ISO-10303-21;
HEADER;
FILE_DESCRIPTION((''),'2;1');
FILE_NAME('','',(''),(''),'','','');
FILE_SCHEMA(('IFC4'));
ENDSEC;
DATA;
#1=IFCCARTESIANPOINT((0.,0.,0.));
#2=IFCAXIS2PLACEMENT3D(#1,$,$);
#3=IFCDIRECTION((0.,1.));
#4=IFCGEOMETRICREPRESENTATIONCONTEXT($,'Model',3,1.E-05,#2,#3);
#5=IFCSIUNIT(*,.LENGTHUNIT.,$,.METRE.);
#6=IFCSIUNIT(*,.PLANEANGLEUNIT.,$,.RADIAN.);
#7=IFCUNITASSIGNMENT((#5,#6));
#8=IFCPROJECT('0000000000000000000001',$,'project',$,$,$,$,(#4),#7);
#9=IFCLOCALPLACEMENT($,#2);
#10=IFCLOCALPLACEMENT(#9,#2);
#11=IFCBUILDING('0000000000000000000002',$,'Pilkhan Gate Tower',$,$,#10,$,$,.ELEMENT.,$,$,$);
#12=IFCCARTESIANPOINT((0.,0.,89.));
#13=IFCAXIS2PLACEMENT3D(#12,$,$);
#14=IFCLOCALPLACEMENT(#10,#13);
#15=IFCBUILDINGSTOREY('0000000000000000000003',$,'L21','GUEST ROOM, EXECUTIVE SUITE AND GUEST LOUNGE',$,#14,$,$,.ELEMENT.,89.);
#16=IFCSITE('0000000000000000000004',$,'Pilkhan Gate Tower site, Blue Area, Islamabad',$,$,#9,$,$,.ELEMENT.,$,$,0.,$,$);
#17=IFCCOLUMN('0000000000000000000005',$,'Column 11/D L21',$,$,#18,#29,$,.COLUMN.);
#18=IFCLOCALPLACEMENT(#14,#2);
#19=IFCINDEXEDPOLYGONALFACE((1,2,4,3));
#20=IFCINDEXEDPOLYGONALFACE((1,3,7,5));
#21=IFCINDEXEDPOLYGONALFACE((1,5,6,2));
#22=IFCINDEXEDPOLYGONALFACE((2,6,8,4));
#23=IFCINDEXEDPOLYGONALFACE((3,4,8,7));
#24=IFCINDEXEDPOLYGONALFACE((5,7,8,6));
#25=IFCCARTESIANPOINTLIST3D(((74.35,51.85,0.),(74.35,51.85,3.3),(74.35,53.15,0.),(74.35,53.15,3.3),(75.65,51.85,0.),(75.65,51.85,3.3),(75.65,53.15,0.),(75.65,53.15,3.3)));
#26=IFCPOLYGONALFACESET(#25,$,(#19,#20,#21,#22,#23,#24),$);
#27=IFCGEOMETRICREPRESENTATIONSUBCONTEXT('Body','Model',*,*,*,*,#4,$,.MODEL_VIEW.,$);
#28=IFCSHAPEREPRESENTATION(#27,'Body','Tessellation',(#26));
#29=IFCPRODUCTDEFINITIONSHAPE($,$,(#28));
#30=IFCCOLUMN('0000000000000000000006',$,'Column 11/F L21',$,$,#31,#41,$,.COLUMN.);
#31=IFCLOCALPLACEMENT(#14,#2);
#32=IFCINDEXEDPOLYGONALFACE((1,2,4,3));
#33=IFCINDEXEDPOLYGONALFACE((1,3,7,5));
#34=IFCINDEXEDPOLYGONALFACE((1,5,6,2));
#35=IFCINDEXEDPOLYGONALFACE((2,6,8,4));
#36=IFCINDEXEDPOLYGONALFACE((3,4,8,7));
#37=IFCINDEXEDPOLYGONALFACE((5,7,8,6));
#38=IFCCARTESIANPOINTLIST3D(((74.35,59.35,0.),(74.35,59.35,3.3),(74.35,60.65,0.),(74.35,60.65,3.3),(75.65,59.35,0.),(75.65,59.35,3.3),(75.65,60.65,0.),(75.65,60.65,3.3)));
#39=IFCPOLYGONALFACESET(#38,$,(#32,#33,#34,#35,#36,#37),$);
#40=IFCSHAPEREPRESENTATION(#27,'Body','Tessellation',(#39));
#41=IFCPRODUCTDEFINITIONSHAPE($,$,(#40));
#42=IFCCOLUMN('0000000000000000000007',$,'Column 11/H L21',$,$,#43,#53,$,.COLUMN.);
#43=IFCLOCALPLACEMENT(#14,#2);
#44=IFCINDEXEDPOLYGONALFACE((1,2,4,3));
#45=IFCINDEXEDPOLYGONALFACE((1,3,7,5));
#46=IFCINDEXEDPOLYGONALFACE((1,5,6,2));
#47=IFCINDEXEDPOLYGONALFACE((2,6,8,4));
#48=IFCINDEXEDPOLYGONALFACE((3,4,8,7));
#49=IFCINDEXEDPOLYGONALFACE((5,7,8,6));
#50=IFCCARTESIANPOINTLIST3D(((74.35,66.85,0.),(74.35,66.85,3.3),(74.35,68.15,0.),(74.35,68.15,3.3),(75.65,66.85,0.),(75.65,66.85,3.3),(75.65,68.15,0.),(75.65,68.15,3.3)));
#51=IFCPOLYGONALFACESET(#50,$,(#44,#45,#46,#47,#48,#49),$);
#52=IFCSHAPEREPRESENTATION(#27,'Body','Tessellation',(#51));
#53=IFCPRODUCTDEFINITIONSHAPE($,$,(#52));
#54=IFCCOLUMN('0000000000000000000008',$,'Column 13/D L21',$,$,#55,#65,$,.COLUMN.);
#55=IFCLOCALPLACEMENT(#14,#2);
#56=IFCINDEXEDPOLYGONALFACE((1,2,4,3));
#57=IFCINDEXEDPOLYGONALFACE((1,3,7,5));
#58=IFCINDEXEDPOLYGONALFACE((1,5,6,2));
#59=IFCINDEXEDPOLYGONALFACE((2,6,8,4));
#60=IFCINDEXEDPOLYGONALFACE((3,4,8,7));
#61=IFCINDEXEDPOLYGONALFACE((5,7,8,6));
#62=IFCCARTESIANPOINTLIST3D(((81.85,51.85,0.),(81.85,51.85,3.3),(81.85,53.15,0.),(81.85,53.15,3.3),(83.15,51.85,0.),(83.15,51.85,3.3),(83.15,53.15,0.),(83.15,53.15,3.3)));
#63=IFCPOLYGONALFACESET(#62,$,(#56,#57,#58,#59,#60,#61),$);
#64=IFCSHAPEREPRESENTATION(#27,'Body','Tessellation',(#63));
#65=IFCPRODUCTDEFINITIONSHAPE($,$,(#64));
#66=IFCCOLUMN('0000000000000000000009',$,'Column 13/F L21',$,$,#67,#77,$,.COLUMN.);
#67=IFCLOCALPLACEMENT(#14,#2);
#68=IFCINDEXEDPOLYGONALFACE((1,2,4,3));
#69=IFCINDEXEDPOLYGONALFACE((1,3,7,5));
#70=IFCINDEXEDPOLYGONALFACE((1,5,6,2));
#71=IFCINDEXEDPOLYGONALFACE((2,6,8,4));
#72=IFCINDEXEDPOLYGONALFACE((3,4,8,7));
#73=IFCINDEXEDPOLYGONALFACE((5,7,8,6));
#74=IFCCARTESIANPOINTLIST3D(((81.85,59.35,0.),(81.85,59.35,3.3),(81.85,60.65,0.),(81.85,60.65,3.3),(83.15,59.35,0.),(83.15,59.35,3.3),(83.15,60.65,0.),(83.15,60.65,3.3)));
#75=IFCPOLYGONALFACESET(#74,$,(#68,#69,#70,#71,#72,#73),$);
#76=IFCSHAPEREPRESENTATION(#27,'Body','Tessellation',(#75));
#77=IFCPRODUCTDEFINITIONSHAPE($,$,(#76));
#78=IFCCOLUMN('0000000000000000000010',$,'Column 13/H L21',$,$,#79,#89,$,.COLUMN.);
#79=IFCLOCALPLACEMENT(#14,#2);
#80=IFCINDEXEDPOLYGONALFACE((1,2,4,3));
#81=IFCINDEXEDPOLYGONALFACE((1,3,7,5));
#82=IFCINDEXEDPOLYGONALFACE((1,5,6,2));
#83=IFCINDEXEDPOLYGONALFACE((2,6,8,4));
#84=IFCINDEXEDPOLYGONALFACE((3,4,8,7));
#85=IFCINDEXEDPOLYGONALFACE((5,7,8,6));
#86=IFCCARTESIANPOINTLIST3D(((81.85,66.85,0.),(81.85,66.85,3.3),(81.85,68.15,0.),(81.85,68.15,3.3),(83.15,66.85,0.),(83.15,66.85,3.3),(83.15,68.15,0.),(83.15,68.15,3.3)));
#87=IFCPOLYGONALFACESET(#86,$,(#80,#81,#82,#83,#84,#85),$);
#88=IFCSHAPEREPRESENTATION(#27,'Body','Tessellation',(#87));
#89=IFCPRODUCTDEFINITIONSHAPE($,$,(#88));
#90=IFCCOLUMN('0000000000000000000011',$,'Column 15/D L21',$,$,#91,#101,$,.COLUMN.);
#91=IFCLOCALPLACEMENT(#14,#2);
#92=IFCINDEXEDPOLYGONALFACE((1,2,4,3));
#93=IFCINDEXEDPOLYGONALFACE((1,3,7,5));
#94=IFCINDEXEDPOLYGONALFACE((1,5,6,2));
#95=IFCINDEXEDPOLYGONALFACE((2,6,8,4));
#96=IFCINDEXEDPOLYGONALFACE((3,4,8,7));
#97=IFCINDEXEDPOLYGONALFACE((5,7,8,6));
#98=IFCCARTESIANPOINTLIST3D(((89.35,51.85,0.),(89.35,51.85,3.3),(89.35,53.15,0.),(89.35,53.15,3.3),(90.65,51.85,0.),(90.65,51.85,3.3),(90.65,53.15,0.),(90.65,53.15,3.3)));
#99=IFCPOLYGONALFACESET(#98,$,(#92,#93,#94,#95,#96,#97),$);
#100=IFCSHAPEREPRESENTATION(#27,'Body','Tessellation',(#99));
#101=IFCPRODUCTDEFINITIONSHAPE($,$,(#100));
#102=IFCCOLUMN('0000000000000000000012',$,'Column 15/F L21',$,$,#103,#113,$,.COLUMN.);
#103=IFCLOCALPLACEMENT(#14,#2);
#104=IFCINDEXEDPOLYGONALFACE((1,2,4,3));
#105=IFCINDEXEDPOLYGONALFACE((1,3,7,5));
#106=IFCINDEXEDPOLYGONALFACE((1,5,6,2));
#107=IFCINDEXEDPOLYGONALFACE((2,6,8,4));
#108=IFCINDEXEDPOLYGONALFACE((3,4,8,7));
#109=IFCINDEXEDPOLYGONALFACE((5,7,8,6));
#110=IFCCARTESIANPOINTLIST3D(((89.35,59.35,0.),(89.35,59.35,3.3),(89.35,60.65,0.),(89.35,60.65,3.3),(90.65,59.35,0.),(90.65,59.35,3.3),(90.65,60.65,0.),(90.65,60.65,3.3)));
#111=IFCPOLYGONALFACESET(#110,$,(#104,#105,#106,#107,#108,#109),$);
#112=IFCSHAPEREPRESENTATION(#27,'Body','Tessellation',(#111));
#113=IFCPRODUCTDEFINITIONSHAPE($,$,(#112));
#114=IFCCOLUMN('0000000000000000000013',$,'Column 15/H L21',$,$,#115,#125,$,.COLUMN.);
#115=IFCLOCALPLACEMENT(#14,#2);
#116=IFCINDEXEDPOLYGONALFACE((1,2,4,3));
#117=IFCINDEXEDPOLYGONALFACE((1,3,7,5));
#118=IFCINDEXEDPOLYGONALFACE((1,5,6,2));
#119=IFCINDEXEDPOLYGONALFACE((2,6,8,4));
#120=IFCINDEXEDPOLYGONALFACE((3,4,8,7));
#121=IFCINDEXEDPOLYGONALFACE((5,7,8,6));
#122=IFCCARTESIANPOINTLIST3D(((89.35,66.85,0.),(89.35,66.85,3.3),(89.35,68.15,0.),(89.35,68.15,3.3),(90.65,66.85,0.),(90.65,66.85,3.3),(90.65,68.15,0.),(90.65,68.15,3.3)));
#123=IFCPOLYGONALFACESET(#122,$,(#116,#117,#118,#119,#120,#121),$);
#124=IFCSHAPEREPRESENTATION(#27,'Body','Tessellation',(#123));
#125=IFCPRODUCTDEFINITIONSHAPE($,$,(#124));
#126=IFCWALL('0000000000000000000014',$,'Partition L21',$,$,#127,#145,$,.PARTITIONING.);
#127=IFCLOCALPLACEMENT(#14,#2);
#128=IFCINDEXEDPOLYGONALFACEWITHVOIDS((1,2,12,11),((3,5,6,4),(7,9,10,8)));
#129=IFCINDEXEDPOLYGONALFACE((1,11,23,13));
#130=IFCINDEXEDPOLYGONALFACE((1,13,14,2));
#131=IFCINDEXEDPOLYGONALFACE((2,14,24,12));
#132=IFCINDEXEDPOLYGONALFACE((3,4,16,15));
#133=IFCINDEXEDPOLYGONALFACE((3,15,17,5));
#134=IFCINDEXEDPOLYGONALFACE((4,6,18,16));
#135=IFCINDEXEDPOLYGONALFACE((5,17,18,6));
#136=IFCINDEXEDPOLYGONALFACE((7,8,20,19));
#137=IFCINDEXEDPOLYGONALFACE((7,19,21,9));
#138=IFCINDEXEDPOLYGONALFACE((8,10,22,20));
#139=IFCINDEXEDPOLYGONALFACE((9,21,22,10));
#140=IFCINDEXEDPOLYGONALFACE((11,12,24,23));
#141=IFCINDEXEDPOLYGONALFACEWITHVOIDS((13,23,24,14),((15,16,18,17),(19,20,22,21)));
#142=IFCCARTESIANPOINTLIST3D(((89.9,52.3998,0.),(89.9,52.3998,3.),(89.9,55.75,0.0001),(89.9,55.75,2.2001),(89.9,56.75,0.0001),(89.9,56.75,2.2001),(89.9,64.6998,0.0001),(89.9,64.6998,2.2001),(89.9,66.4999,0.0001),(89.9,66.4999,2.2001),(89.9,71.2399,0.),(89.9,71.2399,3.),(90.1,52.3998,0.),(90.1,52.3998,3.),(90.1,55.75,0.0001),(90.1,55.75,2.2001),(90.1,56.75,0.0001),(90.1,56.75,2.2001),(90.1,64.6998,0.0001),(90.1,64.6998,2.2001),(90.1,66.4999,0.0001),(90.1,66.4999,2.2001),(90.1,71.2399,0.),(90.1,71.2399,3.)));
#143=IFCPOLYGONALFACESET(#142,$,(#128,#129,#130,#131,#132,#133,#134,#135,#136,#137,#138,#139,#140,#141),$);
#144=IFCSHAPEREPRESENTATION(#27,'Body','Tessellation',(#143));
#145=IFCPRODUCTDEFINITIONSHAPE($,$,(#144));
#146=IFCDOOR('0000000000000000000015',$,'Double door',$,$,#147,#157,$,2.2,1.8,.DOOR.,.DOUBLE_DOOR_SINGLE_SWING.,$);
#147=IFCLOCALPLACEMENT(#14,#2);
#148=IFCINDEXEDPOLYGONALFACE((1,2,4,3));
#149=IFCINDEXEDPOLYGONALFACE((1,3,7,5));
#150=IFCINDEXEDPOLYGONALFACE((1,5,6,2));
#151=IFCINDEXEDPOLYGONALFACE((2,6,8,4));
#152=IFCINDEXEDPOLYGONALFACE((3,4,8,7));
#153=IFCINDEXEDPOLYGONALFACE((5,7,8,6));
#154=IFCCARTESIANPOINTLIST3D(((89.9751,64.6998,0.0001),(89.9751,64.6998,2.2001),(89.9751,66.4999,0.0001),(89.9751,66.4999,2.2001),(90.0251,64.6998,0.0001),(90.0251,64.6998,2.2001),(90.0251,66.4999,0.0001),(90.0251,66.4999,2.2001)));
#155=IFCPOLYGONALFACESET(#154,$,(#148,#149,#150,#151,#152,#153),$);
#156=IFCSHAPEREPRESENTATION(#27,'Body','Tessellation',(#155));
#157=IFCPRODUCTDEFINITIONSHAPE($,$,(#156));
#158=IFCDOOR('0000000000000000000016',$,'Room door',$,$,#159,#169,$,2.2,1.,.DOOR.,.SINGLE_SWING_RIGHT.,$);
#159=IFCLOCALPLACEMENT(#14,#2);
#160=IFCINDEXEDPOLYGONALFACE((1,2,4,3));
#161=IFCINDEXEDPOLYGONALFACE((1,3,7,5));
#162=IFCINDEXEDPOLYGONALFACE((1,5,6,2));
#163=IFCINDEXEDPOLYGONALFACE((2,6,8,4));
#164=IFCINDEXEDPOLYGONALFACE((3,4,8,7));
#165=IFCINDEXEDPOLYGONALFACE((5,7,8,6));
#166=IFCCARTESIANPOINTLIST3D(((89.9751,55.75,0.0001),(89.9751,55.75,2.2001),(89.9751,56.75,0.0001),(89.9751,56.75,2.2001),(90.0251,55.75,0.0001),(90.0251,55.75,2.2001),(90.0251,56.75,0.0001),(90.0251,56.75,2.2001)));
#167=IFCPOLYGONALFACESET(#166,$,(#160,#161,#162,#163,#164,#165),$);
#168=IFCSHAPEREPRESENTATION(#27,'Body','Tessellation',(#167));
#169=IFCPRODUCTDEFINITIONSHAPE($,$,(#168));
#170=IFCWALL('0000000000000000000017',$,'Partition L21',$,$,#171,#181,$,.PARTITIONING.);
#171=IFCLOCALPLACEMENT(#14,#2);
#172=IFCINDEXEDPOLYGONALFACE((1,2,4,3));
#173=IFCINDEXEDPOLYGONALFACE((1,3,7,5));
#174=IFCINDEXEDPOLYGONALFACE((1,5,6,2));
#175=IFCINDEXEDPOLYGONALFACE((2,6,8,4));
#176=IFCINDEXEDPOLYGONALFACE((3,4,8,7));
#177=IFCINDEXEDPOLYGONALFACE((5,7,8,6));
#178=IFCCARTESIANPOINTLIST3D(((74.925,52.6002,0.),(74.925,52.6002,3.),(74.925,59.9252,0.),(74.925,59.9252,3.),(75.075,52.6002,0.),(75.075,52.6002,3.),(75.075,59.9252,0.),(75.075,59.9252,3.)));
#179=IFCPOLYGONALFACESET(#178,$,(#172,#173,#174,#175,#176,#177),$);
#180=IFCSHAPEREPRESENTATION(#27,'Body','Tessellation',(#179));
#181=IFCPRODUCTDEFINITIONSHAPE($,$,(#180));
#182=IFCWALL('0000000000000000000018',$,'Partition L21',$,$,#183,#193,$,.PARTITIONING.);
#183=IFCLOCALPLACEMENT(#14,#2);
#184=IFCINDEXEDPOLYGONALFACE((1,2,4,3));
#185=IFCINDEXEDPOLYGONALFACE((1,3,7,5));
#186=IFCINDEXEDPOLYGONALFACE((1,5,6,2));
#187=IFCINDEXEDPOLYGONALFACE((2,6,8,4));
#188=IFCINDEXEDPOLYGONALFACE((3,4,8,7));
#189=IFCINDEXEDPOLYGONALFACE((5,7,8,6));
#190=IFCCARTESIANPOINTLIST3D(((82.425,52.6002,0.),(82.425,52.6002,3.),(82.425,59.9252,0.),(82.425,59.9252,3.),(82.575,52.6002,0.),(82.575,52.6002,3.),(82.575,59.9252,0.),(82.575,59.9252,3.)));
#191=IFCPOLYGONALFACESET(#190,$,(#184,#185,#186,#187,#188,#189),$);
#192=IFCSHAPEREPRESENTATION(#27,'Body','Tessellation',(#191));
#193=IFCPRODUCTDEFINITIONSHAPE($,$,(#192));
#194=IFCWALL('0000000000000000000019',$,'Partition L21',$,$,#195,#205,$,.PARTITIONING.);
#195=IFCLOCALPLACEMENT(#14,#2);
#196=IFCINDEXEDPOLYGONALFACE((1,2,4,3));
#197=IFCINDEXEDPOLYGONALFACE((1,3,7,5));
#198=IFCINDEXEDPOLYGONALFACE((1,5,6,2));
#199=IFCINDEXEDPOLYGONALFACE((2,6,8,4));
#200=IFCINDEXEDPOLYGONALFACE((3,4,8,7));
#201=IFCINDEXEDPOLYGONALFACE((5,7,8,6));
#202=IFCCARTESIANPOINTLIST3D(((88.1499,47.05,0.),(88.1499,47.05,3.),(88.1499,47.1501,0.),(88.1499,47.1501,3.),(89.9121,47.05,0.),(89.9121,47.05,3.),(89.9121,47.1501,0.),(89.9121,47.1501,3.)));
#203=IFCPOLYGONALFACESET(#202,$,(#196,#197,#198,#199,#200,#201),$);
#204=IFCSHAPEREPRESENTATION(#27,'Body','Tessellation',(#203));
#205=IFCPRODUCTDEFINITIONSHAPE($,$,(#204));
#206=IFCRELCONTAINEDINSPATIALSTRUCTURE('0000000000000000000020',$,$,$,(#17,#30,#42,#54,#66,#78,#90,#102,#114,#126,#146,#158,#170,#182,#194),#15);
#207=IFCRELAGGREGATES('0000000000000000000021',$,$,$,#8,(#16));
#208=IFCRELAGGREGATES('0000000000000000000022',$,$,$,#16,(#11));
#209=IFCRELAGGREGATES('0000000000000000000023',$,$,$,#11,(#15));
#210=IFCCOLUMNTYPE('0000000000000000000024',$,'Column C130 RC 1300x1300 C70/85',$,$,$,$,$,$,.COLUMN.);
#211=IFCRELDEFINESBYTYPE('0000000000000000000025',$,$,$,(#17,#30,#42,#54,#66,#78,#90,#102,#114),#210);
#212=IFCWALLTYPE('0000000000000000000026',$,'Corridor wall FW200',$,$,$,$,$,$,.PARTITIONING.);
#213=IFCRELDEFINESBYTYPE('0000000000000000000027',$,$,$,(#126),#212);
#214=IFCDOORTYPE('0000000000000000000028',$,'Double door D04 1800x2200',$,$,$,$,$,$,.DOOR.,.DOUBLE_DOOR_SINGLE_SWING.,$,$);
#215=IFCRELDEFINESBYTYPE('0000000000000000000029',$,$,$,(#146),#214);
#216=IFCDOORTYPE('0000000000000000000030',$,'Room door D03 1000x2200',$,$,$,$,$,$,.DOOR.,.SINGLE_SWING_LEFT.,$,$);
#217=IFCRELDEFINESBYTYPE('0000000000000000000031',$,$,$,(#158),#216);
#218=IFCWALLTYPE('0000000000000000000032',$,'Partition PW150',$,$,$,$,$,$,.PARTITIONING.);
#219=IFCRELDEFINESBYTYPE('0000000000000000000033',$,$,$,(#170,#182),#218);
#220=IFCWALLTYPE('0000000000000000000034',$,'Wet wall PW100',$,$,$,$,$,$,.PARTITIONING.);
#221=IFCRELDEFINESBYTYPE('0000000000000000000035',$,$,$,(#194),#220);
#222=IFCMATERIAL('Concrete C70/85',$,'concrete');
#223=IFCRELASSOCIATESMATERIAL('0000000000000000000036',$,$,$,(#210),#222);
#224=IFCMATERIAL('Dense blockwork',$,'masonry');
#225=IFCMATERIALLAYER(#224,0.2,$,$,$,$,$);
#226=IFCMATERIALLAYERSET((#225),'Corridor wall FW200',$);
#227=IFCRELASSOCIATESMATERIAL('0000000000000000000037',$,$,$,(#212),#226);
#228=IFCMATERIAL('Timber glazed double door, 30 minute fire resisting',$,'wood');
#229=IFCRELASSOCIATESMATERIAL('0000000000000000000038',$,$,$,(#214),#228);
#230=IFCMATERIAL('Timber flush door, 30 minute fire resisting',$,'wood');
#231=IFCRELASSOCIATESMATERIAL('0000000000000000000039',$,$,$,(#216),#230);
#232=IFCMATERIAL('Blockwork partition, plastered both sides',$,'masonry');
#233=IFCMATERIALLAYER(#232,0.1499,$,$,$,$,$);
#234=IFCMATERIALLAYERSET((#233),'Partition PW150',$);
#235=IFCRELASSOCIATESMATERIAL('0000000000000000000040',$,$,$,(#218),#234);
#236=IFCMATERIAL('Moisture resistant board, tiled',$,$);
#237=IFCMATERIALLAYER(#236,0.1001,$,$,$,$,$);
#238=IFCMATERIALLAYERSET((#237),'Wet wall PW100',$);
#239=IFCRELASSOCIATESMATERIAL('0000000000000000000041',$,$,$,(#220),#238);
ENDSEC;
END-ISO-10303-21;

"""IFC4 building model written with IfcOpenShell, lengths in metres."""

from ifc_helpers import new_model, si_unit, direction, frame, frame_2d, origin, origin_2d, place, context, subcontext, project, spatial, rectangle, extrude, material, layer, layer_set, material_profile, profile_set, type_object, element, fill, save


model = new_model("IFC4")

# Units and contexts
model_context = context("Model", 3, precision=1e-05, world=origin(), true_north=direction((0.0, 1.0)))
body_context = subcontext(model_context, "Body", "Model", "MODEL_VIEW")
ifc_project = project(units=[si_unit("LENGTHUNIT", "METRE"), si_unit("PLANEANGLEUNIT", "RADIAN")], contexts=[model_context])

# Site, building, storey
site_placement = place(None, origin())
site = spatial("IfcSite", under=ifc_project, at=site_placement, Name="Pilkhan Gate Tower site, Blue Area, Islamabad", CompositionType="ELEMENT", RefElevation=0.0)
building_placement = place(site_placement, origin())
building = spatial("IfcBuilding", under=site, at=building_placement, Name="Pilkhan Gate Tower", CompositionType="ELEMENT")
storey_placement = place(building_placement, frame((0.0, 0.0, 89.0)))
storey = spatial("IfcBuildingStorey", under=building, at=storey_placement, Name="L21", Description="GUEST ROOM, EXECUTIVE SUITE AND GUEST LOUNGE", CompositionType="ELEMENT", Elevation=89.0)

# Columns
ifc_material_1 = material(Name="Concrete C70/85", Category="concrete")
ifc_material_profile = material_profile(ifc_material_1, rectangle(XDim=1.3, YDim=1.3, at=origin_2d()), Name="RC 1300x1300")
ifc_profile_set = profile_set([ifc_material_profile], Name="Concrete C70/85")
column_type = type_object("IfcColumnType", Name="Column C130 RC 1300x1300 C70/85", PredefinedType="COLUMN", material=ifc_profile_set)
for number, where, z_axis, x_axis, name in (
    (1, (75.0, 52.5, 0.0), (0.0, 0.0, 1.0), (1.0, 0.0, 0.0), "Column 11/D L21"),
    (2, (75.0, 60.0, 0.0), (0.0, 0.0, 1.0), (1.0, 0.0, 0.0), "Column 11/F L21"),
    (3, (75.0, 67.5, 0.0), (0.0, 0.0, 1.0), (1.0, 0.0, 0.0), "Column 11/H L21"),
    (4, (82.5, 52.5, 0.0), (0.0, 0.0, 1.0), (1.0, 0.0, 0.0), "Column 13/D L21"),
    (5, (82.5, 60.0, 0.0), (0.0, 0.0, 1.0), (1.0, 0.0, 0.0), "Column 13/F L21"),
    (6, (82.5, 67.5, 0.0), (0.0, 0.0, 1.0), (1.0, 0.0, 0.0), "Column 13/H L21"),
    (7, (90.0, 52.5, 0.0), (0.0, 0.0, 1.0), (1.0, 0.0, 0.0), "Column 15/D L21"),
    (8, (90.0, 60.0, 0.0), (0.0, 0.0, 1.0), (1.0, 0.0, 0.0), "Column 15/F L21"),
    (9, (90.0, 67.5, 0.0), (0.0, 0.0, 1.0), (1.0, 0.0, 0.0), "Column 15/H L21"),
):
    element("IfcColumn", number, at=place(storey_placement, frame(where, z_axis=z_axis, x_axis=x_axis)), inside=storey, type_object=column_type, Name=name, PredefinedType="COLUMN", context=body_context, shape_type="SweptSolid", body=[
        extrude(rectangle(XDim=1.3, YDim=1.3, at=origin_2d()), origin(), (0.0, 0.0, 1.0), 3.3),
    ])

# Wall, openings, doors
ifc_material_2 = material(Name="Dense blockwork", Category="masonry")
ifc_layer_1 = layer(ifc_material_2, 0.2)
ifc_layer_set_1 = layer_set([ifc_layer_1], Name="Corridor wall FW200")
wall_type_1 = type_object("IfcWallType", Name="Corridor wall FW200", PredefinedType="PARTITIONING", material=ifc_layer_set_1)
wall_1_placement = place(storey_placement, frame((90.0, 52.3999, 0.0), z_axis=(0.0, 0.0, 1.0), x_axis=(0.0, 1.0, 0.0)))
wall_1 = element("IfcWall", 10, at=wall_1_placement, inside=storey, type_object=wall_type_1, Name="Partition L21", PredefinedType="PARTITIONING", context=body_context, shape_type="SweptSolid", body=[
    extrude(rectangle(XDim=18.8401, YDim=0.2, at=frame_2d((9.4199, 0.0))), origin(), (0.0, 0.0, 1.0), 3.0),
])
opening_1_placement = place(wall_1_placement, frame((3.3501, 0.0, 0.0)))
opening_1 = element("IfcOpeningElement", 11, at=opening_1_placement, cuts=wall_1, PredefinedType="OPENING", context=body_context, shape_type="SweptSolid", body=[
    extrude(rectangle(XDim=1.0, YDim=2.2, at=frame_2d((0.5, 1.1001))), frame((0.0, 0.1099, 0.0), z_axis=(0.0, -1.0, 0.0), x_axis=(1.0, 0.0, 0.0)), (0.0, 0.0, 1.0), 0.22),
])
opening_2_placement = place(wall_1_placement, frame((12.3, 0.0, 0.0)))
opening_2 = element("IfcOpeningElement", 12, at=opening_2_placement, cuts=wall_1, PredefinedType="OPENING", context=body_context, shape_type="SweptSolid", body=[
    extrude(rectangle(XDim=1.8, YDim=2.2, at=frame_2d((0.8999, 1.1001))), frame((0.0, 0.1099, 0.0), z_axis=(0.0, -1.0, 0.0), x_axis=(1.0, 0.0, 0.0)), (0.0, 0.0, 1.0), 0.22),
])
ifc_material_3 = material(Name="Timber glazed double door, 30 minute fire resisting", Category="wood")
door_type_1 = type_object("IfcDoorType", Name="Double door D04 1800x2200", OperationType="DOUBLE_DOOR_SINGLE_SWING", PredefinedType="DOOR", material=ifc_material_3)
door_1_placement = place(opening_2_placement, origin())
door_1 = element("IfcDoor", 13, at=door_1_placement, inside=storey, type_object=door_type_1, Name="Double door", OperationType="DOUBLE_DOOR_SINGLE_SWING", OverallHeight=2.2, OverallWidth=1.8, PredefinedType="DOOR", context=body_context, shape_type="SweptSolid", body=[
    extrude(rectangle(XDim=1.8, YDim=2.2, at=frame_2d((0.8999, 1.1001))), frame((0.0, 0.0249, 0.0), z_axis=(0.0, -1.0, 0.0), x_axis=(1.0, 0.0, 0.0)), (0.0, 0.0, 1.0), 0.05),
])
fill(opening_2, door_1)
ifc_material_4 = material(Name="Timber flush door, 30 minute fire resisting", Category="wood")
door_type_2 = type_object("IfcDoorType", Name="Room door D03 1000x2200", OperationType="SINGLE_SWING_LEFT", PredefinedType="DOOR", material=ifc_material_4)
door_2_placement = place(opening_1_placement, origin())
door_2 = element("IfcDoor", 14, at=door_2_placement, inside=storey, type_object=door_type_2, Name="Room door", OperationType="SINGLE_SWING_RIGHT", OverallHeight=2.2, OverallWidth=1.0, PredefinedType="DOOR", context=body_context, shape_type="SweptSolid", body=[
    extrude(rectangle(XDim=1.0, YDim=2.2, at=frame_2d((0.5, 1.1001))), frame((0.0, 0.0249, 0.0), z_axis=(0.0, -1.0, 0.0), x_axis=(1.0, 0.0, 0.0)), (0.0, 0.0, 1.0), 0.05),
])
fill(opening_1, door_2)

# Walls
ifc_material_5 = material(Name="Blockwork partition, plastered both sides", Category="masonry")
ifc_layer_2 = layer(ifc_material_5, 0.1499)
ifc_layer_set_2 = layer_set([ifc_layer_2], Name="Partition PW150")
wall_type_2 = type_object("IfcWallType", Name="Partition PW150", PredefinedType="PARTITIONING", material=ifc_layer_set_2)
for number, where, z_axis, x_axis, name in (
    (15, (75.0, 52.6001, 0.0), (0.0, 0.0, 1.0), (0.0, 1.0, 0.0), "Partition L21"),
    (16, (82.5, 52.6001, 0.0), (0.0, 0.0, 1.0), (0.0, 1.0, 0.0), "Partition L21"),
):
    element("IfcWall", number, at=place(storey_placement, frame(where, z_axis=z_axis, x_axis=x_axis)), inside=storey, type_object=wall_type_2, Name=name, PredefinedType="PARTITIONING", context=body_context, shape_type="SweptSolid", body=[
        extrude(rectangle(XDim=7.325, YDim=0.1499, at=frame_2d((3.6626, 0.0))), origin(), (0.0, 0.0, 1.0), 3.0),
    ])
ifc_material_6 = material(Name="Moisture resistant board, tiled")
ifc_layer_3 = layer(ifc_material_6, 0.1001)
ifc_layer_set_3 = layer_set([ifc_layer_3], Name="Wet wall PW100")
wall_type_3 = type_object("IfcWallType", Name="Wet wall PW100", PredefinedType="PARTITIONING", material=ifc_layer_set_3)
wall_2_placement = place(storey_placement, frame((88.1499, 47.1001, 0.0), z_axis=(0.0, 0.0, 1.0), x_axis=(1.0, 0.0, 0.0)))
element("IfcWall", 17, at=wall_2_placement, inside=storey, type_object=wall_type_3, Name="Partition L21", PredefinedType="PARTITIONING", context=body_context, shape_type="SweptSolid", body=[
    extrude(rectangle(XDim=1.7622, YDim=0.1001, at=frame_2d((0.8811, 0.0))), origin(), (0.0, 0.0, 1.0), 3.0),
])

save(model, "model.ifc")
